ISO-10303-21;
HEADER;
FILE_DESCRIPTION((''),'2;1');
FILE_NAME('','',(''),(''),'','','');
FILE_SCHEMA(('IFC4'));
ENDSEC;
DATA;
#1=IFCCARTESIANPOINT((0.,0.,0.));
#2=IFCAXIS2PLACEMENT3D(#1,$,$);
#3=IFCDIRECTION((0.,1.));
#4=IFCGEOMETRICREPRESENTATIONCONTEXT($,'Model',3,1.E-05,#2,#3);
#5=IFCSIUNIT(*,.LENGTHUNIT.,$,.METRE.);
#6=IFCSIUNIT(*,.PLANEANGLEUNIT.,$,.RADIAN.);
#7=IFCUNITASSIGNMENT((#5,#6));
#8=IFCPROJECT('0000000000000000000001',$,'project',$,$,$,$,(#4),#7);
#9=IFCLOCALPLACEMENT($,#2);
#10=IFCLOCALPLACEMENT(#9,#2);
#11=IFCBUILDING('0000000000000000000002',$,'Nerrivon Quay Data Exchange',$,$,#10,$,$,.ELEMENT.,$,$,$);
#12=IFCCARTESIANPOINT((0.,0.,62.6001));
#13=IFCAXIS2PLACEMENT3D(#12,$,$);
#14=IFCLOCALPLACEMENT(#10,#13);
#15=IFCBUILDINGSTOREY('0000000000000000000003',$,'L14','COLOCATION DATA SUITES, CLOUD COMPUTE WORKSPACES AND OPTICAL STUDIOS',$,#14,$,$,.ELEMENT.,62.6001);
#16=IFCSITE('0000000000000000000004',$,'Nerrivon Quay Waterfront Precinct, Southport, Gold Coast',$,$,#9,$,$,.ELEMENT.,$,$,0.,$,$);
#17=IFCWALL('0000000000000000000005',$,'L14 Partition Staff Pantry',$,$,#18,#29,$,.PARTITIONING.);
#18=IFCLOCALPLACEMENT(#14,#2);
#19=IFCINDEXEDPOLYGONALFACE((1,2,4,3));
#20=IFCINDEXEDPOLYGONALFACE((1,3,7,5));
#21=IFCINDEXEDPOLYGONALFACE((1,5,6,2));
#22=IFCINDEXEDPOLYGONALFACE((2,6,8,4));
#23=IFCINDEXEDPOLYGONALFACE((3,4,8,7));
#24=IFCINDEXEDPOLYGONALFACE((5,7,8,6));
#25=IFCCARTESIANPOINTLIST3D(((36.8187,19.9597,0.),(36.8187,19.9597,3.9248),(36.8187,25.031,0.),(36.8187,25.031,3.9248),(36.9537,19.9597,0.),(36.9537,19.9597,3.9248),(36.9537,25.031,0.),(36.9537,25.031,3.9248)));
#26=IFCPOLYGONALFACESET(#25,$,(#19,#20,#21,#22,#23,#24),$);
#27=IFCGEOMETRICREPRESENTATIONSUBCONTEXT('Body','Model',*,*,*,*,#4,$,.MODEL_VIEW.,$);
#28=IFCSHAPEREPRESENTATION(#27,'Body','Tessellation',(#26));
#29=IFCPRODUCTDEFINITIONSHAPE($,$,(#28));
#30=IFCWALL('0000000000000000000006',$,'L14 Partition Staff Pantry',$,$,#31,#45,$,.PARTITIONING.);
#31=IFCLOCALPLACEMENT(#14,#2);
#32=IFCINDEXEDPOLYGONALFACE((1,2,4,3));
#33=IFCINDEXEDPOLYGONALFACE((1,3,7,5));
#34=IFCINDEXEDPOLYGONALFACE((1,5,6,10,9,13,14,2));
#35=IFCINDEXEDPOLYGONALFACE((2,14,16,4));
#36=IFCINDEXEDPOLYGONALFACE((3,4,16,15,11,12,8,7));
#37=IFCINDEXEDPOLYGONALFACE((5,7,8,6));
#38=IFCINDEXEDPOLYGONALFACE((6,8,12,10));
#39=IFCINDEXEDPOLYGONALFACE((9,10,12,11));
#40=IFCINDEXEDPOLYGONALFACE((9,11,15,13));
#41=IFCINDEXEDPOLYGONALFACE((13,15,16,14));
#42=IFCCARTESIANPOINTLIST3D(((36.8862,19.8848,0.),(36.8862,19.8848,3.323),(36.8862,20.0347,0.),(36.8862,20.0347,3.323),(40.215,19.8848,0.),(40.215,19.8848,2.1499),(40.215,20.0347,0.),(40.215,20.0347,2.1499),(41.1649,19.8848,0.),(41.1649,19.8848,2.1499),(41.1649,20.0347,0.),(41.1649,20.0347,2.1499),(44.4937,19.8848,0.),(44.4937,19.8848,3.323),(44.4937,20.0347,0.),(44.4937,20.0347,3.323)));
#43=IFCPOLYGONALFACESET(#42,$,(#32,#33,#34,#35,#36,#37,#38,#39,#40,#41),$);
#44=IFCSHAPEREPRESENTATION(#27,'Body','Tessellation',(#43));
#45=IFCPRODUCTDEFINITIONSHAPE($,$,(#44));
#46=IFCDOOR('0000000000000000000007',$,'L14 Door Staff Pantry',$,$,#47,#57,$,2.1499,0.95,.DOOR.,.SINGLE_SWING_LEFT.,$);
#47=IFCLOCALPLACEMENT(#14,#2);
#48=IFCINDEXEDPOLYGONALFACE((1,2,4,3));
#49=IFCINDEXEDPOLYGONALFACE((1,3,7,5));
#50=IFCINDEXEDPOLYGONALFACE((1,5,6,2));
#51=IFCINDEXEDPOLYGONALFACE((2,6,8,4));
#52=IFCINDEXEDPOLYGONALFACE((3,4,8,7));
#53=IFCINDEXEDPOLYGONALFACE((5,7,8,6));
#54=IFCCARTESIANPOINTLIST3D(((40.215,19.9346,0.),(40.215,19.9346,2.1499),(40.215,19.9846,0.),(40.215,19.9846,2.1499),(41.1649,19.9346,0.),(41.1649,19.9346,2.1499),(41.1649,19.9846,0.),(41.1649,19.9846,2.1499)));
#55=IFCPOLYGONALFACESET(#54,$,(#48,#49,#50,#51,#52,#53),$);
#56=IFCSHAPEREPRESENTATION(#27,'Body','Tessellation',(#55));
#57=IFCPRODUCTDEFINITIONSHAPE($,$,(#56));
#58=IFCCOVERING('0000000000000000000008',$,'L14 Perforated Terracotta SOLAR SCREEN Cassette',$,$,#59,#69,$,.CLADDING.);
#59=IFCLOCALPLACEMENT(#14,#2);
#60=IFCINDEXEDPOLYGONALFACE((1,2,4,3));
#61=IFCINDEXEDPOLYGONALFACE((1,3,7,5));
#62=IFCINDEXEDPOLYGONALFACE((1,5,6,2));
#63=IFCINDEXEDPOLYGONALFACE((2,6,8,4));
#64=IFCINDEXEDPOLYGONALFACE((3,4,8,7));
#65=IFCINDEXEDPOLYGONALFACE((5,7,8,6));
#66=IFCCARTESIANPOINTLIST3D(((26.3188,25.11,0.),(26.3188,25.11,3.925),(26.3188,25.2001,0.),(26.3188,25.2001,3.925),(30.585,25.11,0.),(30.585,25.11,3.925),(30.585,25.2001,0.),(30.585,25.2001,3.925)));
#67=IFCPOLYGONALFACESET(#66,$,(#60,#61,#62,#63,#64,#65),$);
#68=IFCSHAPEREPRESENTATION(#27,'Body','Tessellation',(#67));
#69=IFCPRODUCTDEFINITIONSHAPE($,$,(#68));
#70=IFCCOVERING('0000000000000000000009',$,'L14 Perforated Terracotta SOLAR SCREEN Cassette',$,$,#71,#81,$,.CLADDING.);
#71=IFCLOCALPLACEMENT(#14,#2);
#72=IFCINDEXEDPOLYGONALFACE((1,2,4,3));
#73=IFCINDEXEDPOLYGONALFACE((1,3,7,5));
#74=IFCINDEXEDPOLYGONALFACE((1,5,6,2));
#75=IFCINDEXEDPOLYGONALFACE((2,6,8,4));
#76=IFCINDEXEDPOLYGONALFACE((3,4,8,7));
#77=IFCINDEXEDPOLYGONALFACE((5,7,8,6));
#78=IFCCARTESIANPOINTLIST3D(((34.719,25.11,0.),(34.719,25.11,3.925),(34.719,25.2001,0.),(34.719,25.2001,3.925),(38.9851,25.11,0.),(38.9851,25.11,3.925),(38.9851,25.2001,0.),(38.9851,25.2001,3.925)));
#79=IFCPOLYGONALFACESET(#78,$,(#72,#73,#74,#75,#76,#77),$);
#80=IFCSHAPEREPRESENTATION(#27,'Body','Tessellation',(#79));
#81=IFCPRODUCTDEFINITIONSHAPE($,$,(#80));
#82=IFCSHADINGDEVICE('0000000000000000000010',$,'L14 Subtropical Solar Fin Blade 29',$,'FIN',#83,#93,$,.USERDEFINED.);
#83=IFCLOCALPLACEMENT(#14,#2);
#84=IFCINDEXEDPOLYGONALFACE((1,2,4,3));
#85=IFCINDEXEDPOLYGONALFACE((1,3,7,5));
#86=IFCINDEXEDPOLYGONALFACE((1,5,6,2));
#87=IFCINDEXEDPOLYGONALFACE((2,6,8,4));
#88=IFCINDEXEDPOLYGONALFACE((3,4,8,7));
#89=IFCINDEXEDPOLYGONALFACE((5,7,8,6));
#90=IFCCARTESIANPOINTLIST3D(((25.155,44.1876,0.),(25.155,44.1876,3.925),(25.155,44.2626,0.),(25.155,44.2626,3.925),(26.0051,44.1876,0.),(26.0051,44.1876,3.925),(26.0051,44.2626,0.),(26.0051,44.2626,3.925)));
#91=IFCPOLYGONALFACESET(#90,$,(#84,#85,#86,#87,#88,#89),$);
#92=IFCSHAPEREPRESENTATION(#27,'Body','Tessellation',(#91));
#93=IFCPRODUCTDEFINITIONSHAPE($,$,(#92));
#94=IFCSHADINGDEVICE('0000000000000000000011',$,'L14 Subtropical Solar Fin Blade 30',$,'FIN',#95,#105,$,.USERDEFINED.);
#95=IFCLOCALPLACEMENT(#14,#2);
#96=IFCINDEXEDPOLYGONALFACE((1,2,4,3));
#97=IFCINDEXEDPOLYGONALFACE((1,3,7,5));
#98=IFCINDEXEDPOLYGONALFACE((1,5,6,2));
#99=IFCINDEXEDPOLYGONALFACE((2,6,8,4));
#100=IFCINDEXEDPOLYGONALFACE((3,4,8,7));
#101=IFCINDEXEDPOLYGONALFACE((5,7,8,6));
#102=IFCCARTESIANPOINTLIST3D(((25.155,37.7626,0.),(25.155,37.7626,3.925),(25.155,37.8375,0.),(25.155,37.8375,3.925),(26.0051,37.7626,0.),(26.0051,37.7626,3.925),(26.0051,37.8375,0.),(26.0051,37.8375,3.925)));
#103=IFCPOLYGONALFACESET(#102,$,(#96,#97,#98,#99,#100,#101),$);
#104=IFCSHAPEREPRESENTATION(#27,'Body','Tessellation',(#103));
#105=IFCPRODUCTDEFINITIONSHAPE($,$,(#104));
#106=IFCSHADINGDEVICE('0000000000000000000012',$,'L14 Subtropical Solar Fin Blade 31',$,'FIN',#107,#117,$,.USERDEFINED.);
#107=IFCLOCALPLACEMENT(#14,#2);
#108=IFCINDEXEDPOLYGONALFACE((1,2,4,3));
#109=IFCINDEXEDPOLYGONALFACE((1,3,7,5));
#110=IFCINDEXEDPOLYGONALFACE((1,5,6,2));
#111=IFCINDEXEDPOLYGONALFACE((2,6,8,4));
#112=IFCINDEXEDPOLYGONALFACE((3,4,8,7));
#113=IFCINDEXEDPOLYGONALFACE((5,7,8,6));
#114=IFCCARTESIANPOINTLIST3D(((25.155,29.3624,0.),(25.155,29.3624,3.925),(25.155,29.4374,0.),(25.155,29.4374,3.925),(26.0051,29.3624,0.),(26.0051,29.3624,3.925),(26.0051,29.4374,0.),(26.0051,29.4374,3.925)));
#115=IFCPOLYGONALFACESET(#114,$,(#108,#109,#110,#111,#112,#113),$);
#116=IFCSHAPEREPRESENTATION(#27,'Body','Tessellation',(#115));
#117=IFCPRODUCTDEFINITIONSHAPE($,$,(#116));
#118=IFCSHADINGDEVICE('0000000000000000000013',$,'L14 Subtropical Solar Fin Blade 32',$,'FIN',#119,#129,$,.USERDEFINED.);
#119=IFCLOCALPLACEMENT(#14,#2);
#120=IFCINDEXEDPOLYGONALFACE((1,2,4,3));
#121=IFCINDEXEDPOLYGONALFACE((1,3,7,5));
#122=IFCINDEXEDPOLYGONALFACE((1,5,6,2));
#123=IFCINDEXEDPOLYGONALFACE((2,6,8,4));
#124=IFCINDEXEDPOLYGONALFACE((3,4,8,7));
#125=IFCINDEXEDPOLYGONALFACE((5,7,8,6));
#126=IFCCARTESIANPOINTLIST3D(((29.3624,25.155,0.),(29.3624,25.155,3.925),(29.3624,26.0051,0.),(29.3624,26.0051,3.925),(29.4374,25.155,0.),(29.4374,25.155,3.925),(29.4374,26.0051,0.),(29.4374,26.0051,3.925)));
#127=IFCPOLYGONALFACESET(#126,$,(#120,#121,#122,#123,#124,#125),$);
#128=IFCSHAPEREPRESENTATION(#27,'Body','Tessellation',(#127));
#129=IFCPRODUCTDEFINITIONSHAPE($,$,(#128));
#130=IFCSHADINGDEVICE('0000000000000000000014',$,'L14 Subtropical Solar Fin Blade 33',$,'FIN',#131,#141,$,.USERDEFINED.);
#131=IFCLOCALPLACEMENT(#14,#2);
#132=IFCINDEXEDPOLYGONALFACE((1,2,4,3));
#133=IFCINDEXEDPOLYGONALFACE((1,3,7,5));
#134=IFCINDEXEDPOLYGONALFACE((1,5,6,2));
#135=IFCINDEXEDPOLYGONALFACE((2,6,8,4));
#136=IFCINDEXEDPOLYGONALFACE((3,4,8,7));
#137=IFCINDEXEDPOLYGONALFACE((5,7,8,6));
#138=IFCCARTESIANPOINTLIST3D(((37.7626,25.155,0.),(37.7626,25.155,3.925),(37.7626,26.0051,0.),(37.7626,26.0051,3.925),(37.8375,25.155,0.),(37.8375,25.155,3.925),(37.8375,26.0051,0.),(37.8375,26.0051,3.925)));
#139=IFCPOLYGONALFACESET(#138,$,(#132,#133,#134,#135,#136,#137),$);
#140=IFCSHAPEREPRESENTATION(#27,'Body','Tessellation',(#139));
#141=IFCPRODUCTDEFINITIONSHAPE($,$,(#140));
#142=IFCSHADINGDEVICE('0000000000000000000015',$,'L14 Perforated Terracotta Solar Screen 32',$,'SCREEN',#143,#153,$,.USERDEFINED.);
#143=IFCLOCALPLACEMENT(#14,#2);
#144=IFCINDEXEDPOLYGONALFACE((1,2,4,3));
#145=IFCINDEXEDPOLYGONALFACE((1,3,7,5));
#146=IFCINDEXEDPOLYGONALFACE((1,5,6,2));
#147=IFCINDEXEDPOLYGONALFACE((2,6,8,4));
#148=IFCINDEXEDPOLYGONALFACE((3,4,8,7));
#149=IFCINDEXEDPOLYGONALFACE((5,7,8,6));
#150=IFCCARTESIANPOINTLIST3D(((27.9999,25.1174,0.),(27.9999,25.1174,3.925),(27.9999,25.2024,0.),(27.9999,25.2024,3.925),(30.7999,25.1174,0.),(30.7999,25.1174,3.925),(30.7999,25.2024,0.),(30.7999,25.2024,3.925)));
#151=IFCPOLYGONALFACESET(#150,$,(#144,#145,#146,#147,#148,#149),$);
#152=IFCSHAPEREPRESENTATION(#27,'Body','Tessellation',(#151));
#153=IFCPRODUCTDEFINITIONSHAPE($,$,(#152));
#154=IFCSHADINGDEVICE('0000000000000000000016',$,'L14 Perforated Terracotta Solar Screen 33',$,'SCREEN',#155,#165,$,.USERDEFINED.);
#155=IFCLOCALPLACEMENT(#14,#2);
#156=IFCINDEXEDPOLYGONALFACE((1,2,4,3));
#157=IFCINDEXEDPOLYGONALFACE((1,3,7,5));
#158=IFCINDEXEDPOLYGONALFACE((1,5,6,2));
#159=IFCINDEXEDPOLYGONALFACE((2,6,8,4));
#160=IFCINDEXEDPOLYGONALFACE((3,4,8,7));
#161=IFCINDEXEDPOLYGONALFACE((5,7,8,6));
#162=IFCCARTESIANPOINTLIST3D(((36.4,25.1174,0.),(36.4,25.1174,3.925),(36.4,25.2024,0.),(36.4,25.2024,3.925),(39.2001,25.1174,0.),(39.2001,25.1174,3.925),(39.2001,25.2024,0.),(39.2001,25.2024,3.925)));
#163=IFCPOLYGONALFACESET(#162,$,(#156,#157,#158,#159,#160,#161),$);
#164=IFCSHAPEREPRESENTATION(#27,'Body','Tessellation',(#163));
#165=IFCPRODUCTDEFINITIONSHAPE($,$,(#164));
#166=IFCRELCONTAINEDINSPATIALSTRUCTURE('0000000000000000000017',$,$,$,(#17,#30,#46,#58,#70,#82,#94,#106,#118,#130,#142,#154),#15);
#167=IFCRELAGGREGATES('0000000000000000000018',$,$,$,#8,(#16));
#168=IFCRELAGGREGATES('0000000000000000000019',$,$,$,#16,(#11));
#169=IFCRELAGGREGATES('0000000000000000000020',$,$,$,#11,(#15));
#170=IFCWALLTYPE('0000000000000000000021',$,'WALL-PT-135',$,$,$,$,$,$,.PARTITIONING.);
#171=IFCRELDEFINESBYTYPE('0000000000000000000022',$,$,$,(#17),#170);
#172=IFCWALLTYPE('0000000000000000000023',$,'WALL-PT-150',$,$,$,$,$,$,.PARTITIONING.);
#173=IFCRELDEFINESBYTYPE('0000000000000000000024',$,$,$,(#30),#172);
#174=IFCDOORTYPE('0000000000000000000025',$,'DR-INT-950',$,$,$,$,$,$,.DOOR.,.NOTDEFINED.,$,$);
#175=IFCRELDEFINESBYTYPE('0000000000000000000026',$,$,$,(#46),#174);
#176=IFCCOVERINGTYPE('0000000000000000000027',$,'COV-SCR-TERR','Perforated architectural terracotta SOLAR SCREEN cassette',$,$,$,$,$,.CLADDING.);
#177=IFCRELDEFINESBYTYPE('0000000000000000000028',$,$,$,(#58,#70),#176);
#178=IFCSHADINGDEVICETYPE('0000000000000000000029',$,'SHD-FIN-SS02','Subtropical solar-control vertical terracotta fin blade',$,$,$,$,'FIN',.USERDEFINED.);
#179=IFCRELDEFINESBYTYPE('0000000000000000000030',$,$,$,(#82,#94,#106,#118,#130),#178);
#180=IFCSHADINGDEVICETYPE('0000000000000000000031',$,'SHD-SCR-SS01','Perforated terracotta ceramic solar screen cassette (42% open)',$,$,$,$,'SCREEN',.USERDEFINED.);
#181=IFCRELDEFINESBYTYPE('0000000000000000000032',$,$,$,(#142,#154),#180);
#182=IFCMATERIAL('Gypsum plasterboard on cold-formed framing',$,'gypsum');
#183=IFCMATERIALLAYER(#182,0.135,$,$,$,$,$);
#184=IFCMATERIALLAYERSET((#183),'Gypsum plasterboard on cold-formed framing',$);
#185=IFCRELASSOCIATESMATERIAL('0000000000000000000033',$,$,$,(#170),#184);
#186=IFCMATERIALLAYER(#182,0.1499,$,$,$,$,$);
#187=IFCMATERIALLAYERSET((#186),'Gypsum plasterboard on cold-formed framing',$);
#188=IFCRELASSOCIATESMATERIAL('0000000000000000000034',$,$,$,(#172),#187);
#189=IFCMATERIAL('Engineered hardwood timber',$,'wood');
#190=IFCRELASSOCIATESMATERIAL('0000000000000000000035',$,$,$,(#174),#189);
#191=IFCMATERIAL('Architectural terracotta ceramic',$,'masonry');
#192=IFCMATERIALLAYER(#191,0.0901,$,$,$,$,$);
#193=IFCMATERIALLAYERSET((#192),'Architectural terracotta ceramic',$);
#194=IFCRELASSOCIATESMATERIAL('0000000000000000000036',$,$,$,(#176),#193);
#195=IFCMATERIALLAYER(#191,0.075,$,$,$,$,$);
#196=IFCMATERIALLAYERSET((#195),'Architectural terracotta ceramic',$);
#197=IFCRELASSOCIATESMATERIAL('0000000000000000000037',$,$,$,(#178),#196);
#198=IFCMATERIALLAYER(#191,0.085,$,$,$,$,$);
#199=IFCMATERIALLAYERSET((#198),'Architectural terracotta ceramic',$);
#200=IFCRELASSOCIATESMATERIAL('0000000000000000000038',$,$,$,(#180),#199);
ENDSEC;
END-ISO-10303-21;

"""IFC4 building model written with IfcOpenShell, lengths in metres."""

from ifc_helpers import new_model, si_unit, direction, frame, frame_2d, origin, origin_2d, place, context, subcontext, project, spatial, rectangle, extrude, material, layer, layer_set, type_object, element, fill, save


model = new_model("IFC4")

# Units and contexts
model_context = context("Model", 3, precision=1e-05, world=origin(), true_north=direction((0.0, 1.0)))
body_context = subcontext(model_context, "Body", "Model", "MODEL_VIEW")
ifc_project = project(units=[si_unit("LENGTHUNIT", "METRE"), si_unit("PLANEANGLEUNIT", "RADIAN")], contexts=[model_context])

# Site, building, storey
site_placement = place(None, origin())
site = spatial("IfcSite", under=ifc_project, at=site_placement, Name="Nerrivon Quay Waterfront Precinct, Southport, Gold Coast", CompositionType="ELEMENT", RefElevation=0.0)
building_placement = place(site_placement, origin())
building = spatial("IfcBuilding", under=site, at=building_placement, Name="Nerrivon Quay Data Exchange", CompositionType="ELEMENT")
storey_placement = place(building_placement, frame((0.0, 0.0, 62.6001)))
storey = spatial("IfcBuildingStorey", under=building, at=storey_placement, Name="L14", Description="COLOCATION DATA SUITES, CLOUD COMPUTE WORKSPACES AND OPTICAL STUDIOS", CompositionType="ELEMENT", Elevation=62.6001)

# Wall
ifc_material_1 = material(Name="Gypsum plasterboard on cold-formed framing", Category="gypsum")
ifc_layer_1 = layer(ifc_material_1, 0.135)
ifc_layer_set_1 = layer_set([ifc_layer_1], Name="Gypsum plasterboard on cold-formed framing")
wall_type_1 = type_object("IfcWallType", Name="WALL-PT-135", PredefinedType="PARTITIONING", material=ifc_layer_set_1)
wall_1_placement = place(storey_placement, frame((36.8862, 25.031, 0.0), z_axis=(0.0, 0.0, 1.0), x_axis=(0.0, -1.0, 0.0)))
element("IfcWall", 1, at=wall_1_placement, inside=storey, type_object=wall_type_1, Name="L14 Partition Staff Pantry", PredefinedType="PARTITIONING", context=body_context, shape_type="SweptSolid", body=[
    extrude(rectangle(XDim=5.0713, YDim=0.135, at=frame_2d((2.5356, 0.0))), origin(), (0.0, 0.0, 1.0), 3.9248),
])

# Wall, opening, door
ifc_layer_2 = layer(ifc_material_1, 0.1499)
ifc_layer_set_2 = layer_set([ifc_layer_2], Name="Gypsum plasterboard on cold-formed framing")
wall_type_2 = type_object("IfcWallType", Name="WALL-PT-150", PredefinedType="PARTITIONING", material=ifc_layer_set_2)
wall_2_placement = place(storey_placement, frame((36.8862, 19.9597, 0.0), z_axis=(0.0, 0.0, 1.0), x_axis=(1.0, 0.0, 0.0)))
wall_2 = element("IfcWall", 2, at=wall_2_placement, inside=storey, type_object=wall_type_2, Name="L14 Partition Staff Pantry", PredefinedType="PARTITIONING", context=body_context, shape_type="SweptSolid", body=[
    extrude(rectangle(XDim=7.6074, YDim=0.1499, at=frame_2d((3.8037, 0.0))), origin(), (0.0, 0.0, 1.0), 3.323),
])
opening_placement = place(wall_2_placement, frame((3.3286, 0.0, 0.0)))
opening = element("IfcOpeningElement", 3, at=opening_placement, cuts=wall_2, PredefinedType="OPENING", context=body_context, shape_type="SweptSolid", body=[
    extrude(rectangle(XDim=0.95, YDim=2.1499, at=frame_2d((0.4751, 1.075))), frame((0.0, 0.085, 0.0), z_axis=(0.0, -1.0, 0.0), x_axis=(1.0, 0.0, 0.0)), (0.0, 0.0, 1.0), 0.1699),
])
ifc_material_2 = material(Name="Engineered hardwood timber", Category="wood")
door_type = type_object("IfcDoorType", Name="DR-INT-950", OperationType="NOTDEFINED", PredefinedType="DOOR", material=ifc_material_2)
door_placement = place(opening_placement, origin())
door = element("IfcDoor", 4, at=door_placement, inside=storey, type_object=door_type, Name="L14 Door Staff Pantry", OperationType="SINGLE_SWING_LEFT", OverallHeight=2.1499, OverallWidth=0.95, PredefinedType="DOOR", context=body_context, shape_type="SweptSolid", body=[
    extrude(rectangle(XDim=0.95, YDim=2.1499, at=frame_2d((0.4751, 1.075))), frame((0.0, 0.0249, 0.0), z_axis=(0.0, -1.0, 0.0), x_axis=(1.0, 0.0, 0.0)), (0.0, 0.0, 1.0), 0.05),
])
fill(opening, door)

# Coverings
ifc_material_3 = material(Name="Architectural terracotta ceramic", Category="masonry")
ifc_layer_3 = layer(ifc_material_3, 0.0901)
ifc_layer_set_3 = layer_set([ifc_layer_3], Name="Architectural terracotta ceramic")
covering_type = type_object("IfcCoveringType", Name="COV-SCR-TERR", Description="Perforated architectural terracotta SOLAR SCREEN cassette", PredefinedType="CLADDING", material=ifc_layer_set_3)
for number, where, z_axis, x_axis, name in (
    (5, (28.4519, 25.155, 0.0), (0.0, 0.0, 1.0), (1.0, 0.0, 0.0), "L14 Perforated Terracotta SOLAR SCREEN Cassette"),
    (6, (36.8521, 25.155, 0.0), (0.0, 0.0, 1.0), (1.0, 0.0, 0.0), "L14 Perforated Terracotta SOLAR SCREEN Cassette"),
):
    element("IfcCovering", number, at=place(storey_placement, frame(where, z_axis=z_axis, x_axis=x_axis)), inside=storey, type_object=covering_type, Name=name, PredefinedType="CLADDING", context=body_context, shape_type="SweptSolid", body=[
        extrude(rectangle(XDim=4.2661, YDim=0.0901, at=origin_2d()), origin(), (0.0, 0.0, 1.0), 3.925),
    ])

# Shading devices
ifc_layer_4 = layer(ifc_material_3, 0.075)
ifc_layer_set_4 = layer_set([ifc_layer_4], Name="Architectural terracotta ceramic")
shading_device_type_1 = type_object("IfcShadingDeviceType", Name="SHD-FIN-SS02", Description="Subtropical solar-control vertical terracotta fin blade", ElementType="FIN", PredefinedType="USERDEFINED", material=ifc_layer_set_4)
for number, where, z_axis, x_axis, name in (
    (7, (25.5801, 44.2251, 0.0), (0.0, 0.0, 1.0), (0.0, -1.0, 0.0), "L14 Subtropical Solar Fin Blade 29"),
    (8, (25.5801, 37.8, 0.0), (0.0, 0.0, 1.0), (0.0, -1.0, 0.0), "L14 Subtropical Solar Fin Blade 30"),
    (9, (25.5801, 29.3999, 0.0), (0.0, 0.0, 1.0), (0.0, -1.0, 0.0), "L14 Subtropical Solar Fin Blade 31"),
    (10, (29.3999, 25.5801, 0.0), (0.0, 0.0, 1.0), (1.0, 0.0, 0.0), "L14 Subtropical Solar Fin Blade 32"),
    (11, (37.8, 25.5801, 0.0), (0.0, 0.0, 1.0), (1.0, 0.0, 0.0), "L14 Subtropical Solar Fin Blade 33"),
):
    element("IfcShadingDevice", number, at=place(storey_placement, frame(where, z_axis=z_axis, x_axis=x_axis)), inside=storey, type_object=shading_device_type_1, Name=name, ObjectType="FIN", PredefinedType="USERDEFINED", context=body_context, shape_type="SweptSolid", body=[
        extrude(rectangle(XDim=0.075, YDim=0.8501, at=origin_2d()), origin(), (0.0, 0.0, 1.0), 3.925),
    ])
ifc_layer_5 = layer(ifc_material_3, 0.085)
ifc_layer_set_5 = layer_set([ifc_layer_5], Name="Architectural terracotta ceramic")
shading_device_type_2 = type_object("IfcShadingDeviceType", Name="SHD-SCR-SS01", Description="Perforated terracotta ceramic solar screen cassette (42% open)", ElementType="SCREEN", PredefinedType="USERDEFINED", material=ifc_layer_set_5)
for number, where, z_axis, x_axis, name in (
    (12, (29.3999, 25.1599, 0.0), (0.0, 0.0, 1.0), (1.0, 0.0, 0.0), "L14 Perforated Terracotta Solar Screen 32"),
    (13, (37.8, 25.1599, 0.0), (0.0, 0.0, 1.0), (1.0, 0.0, 0.0), "L14 Perforated Terracotta Solar Screen 33"),
):
    element("IfcShadingDevice", number, at=place(storey_placement, frame(where, z_axis=z_axis, x_axis=x_axis)), inside=storey, type_object=shading_device_type_2, Name=name, ObjectType="SCREEN", PredefinedType="USERDEFINED", context=body_context, shape_type="SweptSolid", body=[
        extrude(rectangle(XDim=2.8, YDim=0.085, at=origin_2d()), origin(), (0.0, 0.0, 1.0), 3.925),
    ])

save(model, "model.ifc")
